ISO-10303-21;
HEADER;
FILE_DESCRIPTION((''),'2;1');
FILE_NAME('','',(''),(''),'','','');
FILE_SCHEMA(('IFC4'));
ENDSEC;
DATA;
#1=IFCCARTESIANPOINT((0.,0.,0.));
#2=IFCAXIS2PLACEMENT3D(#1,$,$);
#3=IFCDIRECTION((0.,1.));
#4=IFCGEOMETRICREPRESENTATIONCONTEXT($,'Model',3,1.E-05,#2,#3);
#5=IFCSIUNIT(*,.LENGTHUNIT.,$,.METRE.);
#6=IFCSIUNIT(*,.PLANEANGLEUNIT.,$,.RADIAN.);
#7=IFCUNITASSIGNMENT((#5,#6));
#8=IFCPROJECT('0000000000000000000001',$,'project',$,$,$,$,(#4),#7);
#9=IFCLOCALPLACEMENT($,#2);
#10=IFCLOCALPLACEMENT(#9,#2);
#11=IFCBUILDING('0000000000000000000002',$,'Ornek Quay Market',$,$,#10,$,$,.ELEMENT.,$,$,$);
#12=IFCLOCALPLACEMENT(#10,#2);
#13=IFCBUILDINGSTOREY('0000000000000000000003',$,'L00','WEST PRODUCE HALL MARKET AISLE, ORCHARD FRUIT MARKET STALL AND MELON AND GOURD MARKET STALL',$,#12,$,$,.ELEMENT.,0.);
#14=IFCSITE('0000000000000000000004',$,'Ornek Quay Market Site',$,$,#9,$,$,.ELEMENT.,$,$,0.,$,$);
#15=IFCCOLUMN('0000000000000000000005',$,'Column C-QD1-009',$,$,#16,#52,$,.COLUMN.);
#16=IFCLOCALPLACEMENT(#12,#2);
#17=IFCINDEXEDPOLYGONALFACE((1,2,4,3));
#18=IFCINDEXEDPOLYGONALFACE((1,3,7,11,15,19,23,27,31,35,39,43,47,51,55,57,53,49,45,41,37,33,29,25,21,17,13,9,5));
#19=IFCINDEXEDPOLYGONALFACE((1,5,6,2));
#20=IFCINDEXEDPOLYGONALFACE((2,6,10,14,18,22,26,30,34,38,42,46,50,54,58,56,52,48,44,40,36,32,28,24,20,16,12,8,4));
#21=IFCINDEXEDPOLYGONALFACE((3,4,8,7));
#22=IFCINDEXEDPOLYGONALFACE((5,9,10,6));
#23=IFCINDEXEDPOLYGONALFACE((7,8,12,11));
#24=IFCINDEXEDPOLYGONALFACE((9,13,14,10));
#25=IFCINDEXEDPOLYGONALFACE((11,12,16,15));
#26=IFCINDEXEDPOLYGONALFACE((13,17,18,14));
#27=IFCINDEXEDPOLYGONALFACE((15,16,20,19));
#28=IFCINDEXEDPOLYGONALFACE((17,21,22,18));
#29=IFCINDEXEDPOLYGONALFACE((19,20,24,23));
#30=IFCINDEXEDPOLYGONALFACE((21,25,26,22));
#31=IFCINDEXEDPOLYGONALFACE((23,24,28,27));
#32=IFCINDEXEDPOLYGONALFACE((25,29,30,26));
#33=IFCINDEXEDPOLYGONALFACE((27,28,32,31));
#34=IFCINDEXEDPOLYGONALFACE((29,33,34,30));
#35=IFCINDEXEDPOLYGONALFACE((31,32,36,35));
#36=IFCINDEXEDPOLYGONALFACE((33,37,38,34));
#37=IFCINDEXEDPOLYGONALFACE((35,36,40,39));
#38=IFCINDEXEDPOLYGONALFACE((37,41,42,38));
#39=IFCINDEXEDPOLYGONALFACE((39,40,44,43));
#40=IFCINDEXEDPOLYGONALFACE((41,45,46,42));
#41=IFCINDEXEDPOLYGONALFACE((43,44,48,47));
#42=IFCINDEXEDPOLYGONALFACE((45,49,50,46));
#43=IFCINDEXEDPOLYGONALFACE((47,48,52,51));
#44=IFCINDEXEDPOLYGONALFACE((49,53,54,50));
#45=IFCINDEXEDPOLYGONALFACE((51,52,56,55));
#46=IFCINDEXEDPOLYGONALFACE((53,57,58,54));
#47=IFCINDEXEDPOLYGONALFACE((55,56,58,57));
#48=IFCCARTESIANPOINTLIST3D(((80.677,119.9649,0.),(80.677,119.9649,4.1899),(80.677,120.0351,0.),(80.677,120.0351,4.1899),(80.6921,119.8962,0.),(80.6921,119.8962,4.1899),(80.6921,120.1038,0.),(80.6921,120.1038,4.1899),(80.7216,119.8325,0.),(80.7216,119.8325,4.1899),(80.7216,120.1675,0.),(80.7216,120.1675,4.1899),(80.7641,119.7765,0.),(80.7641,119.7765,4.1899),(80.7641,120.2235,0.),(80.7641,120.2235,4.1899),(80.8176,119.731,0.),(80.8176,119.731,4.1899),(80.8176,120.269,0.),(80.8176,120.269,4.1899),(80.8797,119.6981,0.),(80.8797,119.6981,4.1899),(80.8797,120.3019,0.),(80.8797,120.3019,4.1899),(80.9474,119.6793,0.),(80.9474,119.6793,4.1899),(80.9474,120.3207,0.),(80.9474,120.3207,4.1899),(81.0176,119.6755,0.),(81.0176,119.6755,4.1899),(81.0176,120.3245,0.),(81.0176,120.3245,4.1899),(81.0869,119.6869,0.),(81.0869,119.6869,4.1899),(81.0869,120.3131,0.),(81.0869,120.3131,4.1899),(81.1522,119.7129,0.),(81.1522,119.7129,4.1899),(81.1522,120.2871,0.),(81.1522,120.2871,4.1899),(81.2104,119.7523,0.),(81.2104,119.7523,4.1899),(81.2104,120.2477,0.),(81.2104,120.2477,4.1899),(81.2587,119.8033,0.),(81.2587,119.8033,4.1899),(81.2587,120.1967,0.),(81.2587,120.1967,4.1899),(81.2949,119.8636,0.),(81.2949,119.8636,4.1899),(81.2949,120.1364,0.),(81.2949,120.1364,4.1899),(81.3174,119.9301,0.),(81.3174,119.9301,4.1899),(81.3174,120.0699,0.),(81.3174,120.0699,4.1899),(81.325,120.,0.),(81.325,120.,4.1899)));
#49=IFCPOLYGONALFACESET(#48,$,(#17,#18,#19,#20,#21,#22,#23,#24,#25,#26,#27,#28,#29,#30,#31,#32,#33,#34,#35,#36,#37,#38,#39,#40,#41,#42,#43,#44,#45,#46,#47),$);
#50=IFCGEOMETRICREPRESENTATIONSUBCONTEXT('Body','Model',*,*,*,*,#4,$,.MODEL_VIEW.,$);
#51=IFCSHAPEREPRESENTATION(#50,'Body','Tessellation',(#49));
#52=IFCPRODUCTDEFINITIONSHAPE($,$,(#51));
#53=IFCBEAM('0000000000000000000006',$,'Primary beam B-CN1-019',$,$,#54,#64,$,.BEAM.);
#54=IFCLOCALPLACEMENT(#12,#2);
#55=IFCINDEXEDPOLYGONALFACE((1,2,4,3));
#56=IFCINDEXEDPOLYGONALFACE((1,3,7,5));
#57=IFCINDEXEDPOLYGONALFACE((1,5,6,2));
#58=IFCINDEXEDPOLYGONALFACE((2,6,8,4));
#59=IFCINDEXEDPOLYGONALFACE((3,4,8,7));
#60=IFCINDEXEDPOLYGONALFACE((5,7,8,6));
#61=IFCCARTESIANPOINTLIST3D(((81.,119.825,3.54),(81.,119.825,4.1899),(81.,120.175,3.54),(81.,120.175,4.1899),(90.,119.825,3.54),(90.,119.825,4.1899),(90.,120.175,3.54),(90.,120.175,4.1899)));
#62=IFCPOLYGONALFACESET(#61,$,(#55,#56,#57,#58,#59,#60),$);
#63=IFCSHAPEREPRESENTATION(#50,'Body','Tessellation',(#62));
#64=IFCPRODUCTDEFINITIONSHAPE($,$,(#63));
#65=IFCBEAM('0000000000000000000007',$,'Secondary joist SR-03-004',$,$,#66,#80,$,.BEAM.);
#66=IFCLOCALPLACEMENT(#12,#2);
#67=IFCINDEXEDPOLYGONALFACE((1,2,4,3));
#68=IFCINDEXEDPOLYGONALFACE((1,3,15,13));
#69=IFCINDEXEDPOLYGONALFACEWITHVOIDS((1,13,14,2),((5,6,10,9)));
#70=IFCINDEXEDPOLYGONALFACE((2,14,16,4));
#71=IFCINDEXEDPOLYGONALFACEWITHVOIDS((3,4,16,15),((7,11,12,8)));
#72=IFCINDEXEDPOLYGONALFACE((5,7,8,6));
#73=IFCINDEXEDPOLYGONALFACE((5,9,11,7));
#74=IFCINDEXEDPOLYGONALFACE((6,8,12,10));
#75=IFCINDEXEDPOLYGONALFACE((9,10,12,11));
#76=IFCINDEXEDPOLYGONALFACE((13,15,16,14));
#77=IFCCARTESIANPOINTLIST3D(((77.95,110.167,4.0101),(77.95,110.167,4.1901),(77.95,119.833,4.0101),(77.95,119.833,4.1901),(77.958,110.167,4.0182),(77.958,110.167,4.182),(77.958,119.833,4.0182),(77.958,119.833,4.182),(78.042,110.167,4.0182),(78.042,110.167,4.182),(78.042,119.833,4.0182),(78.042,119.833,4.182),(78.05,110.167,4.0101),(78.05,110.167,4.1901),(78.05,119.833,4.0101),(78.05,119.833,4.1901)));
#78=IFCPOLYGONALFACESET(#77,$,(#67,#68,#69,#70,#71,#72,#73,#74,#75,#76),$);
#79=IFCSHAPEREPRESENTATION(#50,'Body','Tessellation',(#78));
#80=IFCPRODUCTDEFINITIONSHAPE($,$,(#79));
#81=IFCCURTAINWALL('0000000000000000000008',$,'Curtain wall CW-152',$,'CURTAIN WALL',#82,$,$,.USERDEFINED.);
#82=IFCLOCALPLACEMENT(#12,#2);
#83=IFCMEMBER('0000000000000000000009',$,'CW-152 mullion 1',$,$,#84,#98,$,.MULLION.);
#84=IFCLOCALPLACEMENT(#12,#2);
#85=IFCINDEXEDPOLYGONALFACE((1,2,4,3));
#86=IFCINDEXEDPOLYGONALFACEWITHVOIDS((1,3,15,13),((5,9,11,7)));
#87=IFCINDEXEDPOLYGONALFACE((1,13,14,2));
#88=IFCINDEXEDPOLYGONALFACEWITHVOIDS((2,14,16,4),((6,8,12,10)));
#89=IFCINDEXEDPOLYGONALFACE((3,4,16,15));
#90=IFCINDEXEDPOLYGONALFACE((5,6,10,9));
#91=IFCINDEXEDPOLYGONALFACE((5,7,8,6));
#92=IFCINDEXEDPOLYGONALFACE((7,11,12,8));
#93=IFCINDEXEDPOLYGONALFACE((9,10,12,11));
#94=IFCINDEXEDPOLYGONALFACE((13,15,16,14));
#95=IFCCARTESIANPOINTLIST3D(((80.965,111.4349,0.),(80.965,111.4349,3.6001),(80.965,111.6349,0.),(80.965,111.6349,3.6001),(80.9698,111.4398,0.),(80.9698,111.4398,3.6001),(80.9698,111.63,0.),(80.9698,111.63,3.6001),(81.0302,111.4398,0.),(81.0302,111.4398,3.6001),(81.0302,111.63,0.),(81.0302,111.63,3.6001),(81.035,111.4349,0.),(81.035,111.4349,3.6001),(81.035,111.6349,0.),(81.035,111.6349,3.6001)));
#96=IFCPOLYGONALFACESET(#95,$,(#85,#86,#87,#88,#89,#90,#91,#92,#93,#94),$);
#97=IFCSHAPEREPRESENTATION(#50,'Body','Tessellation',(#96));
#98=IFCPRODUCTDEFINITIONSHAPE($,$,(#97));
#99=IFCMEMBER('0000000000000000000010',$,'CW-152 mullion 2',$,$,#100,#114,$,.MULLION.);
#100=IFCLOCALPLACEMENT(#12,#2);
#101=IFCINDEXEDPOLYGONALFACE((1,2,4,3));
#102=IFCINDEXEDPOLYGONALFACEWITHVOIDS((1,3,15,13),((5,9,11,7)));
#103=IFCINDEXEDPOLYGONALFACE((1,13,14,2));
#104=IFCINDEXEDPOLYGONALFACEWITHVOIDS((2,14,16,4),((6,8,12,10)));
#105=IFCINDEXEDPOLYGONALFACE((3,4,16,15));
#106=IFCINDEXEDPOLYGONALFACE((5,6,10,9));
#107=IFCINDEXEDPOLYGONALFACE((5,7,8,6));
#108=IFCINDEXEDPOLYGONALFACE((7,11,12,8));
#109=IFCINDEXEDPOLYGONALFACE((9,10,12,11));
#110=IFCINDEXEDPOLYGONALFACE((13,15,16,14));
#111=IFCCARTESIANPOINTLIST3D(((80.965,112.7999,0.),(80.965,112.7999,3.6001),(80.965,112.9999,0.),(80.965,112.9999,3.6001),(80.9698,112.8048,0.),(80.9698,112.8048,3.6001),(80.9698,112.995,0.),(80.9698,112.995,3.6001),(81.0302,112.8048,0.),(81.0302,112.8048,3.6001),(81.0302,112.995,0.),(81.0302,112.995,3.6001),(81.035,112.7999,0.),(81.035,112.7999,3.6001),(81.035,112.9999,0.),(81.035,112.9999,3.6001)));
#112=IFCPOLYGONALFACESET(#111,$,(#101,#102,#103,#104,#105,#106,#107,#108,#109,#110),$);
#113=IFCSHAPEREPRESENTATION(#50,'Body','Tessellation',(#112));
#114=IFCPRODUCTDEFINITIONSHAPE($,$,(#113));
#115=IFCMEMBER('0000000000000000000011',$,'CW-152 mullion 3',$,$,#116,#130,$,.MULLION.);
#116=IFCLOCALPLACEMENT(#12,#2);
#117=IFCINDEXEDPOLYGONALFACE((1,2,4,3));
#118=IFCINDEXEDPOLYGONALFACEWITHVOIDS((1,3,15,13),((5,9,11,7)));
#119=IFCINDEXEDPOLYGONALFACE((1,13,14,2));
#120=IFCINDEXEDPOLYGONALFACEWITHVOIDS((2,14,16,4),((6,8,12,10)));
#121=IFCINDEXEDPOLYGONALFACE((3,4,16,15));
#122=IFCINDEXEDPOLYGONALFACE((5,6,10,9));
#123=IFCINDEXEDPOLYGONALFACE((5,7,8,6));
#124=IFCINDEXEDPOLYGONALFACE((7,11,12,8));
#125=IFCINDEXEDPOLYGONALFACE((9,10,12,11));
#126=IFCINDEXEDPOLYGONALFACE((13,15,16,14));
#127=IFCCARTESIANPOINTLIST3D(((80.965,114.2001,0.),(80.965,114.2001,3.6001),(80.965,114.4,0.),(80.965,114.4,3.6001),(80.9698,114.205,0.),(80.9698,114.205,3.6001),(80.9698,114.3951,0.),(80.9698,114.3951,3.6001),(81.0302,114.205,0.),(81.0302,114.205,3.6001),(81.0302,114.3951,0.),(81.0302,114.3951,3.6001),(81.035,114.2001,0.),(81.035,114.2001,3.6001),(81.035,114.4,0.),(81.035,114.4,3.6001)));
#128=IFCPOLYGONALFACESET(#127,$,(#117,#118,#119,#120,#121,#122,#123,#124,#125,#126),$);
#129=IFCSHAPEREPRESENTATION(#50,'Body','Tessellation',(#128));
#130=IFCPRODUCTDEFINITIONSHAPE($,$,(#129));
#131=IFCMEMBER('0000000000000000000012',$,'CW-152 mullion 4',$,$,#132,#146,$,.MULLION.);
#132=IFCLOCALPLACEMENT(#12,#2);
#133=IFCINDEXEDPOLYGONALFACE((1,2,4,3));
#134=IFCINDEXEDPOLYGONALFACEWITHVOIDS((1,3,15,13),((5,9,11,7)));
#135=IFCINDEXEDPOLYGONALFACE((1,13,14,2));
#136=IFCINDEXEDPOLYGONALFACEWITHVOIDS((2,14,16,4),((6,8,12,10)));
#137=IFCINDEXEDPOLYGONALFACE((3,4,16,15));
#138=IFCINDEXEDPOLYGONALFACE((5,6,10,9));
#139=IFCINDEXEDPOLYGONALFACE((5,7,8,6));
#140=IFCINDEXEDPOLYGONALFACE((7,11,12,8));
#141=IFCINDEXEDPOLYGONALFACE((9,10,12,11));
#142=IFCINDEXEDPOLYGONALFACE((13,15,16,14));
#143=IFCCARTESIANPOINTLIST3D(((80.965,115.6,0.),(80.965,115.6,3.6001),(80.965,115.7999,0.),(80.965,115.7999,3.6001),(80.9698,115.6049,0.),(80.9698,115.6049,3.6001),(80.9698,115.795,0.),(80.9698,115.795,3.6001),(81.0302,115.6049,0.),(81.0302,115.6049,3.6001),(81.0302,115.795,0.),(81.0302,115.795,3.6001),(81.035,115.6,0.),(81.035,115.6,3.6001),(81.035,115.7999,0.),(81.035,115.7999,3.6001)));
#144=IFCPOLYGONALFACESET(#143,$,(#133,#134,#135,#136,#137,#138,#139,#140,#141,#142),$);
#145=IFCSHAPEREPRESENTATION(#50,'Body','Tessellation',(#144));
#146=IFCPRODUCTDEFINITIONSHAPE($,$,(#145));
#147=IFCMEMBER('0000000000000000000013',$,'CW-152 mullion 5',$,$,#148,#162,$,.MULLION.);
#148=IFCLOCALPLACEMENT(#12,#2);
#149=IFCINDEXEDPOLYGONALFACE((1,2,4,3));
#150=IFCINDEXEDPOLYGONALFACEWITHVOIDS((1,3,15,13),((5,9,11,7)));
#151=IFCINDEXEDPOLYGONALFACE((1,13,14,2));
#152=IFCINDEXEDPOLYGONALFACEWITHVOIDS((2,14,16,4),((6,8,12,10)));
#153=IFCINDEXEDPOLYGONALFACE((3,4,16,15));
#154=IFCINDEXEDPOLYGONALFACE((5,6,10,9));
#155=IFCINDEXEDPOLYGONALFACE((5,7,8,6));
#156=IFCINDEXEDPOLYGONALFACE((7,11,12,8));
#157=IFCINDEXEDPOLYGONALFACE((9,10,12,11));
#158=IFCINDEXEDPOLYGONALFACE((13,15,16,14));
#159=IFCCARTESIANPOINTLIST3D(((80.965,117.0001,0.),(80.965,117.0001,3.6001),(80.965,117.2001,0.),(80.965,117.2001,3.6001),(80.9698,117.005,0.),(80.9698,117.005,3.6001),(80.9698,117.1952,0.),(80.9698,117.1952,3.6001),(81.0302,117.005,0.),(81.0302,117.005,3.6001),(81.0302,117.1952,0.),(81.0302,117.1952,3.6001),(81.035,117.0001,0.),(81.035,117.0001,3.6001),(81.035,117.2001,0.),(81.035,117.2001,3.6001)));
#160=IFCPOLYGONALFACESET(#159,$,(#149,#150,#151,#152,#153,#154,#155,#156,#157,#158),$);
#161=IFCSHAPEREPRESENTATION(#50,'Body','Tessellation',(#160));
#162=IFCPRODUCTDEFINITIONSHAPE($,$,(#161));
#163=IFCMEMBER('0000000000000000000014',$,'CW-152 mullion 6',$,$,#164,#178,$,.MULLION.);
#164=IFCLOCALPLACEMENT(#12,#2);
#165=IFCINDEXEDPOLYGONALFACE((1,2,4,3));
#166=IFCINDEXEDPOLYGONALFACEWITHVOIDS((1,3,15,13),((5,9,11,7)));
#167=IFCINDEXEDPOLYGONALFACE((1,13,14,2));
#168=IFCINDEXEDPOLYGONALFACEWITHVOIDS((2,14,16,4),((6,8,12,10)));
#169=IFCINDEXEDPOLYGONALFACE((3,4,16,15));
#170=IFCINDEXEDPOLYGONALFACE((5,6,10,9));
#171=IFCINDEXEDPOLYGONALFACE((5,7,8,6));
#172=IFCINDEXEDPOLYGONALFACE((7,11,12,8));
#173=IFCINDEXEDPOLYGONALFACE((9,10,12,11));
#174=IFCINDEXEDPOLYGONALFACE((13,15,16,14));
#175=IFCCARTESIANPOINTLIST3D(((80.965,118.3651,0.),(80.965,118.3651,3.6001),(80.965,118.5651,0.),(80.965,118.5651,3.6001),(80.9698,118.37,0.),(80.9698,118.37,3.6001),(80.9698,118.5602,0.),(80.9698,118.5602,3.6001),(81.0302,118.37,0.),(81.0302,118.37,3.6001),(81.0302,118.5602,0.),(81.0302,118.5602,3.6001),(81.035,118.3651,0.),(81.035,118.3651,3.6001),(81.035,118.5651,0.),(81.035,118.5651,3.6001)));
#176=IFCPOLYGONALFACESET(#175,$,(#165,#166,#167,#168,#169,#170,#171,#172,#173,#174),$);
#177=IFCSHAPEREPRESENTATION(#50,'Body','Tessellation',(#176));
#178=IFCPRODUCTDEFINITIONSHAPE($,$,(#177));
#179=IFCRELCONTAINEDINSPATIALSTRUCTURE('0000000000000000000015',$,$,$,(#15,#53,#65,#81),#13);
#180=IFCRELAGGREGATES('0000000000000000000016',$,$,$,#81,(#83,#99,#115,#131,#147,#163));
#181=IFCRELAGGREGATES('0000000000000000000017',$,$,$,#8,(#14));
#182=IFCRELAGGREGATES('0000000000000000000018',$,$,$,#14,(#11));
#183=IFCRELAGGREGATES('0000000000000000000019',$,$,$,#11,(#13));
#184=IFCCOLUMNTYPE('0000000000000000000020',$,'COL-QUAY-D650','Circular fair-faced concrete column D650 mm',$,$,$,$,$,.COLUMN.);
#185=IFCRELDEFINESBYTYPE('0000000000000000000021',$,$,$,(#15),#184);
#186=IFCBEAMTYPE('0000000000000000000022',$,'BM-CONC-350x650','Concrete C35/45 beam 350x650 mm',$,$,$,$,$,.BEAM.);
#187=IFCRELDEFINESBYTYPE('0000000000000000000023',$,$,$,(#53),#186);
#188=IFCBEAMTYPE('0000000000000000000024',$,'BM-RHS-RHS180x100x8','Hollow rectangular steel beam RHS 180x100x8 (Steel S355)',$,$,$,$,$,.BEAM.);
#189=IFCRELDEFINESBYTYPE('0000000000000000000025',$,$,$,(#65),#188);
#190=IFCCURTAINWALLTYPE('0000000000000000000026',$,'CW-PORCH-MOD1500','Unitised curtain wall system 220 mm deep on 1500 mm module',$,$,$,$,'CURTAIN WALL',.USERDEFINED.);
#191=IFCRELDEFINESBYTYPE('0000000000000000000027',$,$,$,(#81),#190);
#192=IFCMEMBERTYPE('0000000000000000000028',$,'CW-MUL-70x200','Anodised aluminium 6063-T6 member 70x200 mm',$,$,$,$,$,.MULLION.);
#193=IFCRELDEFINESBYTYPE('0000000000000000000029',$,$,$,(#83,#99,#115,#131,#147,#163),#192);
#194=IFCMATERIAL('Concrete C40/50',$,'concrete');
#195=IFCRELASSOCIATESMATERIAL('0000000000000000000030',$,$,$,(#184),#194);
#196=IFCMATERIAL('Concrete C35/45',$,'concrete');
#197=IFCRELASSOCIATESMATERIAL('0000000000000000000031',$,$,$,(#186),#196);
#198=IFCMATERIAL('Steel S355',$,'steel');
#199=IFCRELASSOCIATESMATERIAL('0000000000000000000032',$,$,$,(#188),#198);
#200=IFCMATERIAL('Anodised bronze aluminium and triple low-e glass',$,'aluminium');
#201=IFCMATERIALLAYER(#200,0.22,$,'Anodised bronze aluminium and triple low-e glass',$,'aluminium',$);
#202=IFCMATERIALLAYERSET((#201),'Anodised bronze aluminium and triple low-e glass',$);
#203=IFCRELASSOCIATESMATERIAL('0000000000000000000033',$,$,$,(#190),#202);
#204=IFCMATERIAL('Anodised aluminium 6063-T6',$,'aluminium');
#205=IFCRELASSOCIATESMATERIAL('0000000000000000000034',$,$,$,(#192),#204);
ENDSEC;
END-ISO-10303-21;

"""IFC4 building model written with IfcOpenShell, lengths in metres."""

from ifc_helpers import new_model, si_unit, direction, frame, origin, origin_2d, place, context, subcontext, project, spatial, rectangle, hollow_rectangle, circle, extrude, material, layer, layer_set, material_profile, profile_set, type_object, element, aggregate, save


model = new_model("IFC4")

# Units and contexts
model_context = context("Model", 3, precision=1e-05, world=origin(), true_north=direction((0.0, 1.0)))
body_context = subcontext(model_context, "Body", "Model", "MODEL_VIEW")
ifc_project = project(units=[si_unit("LENGTHUNIT", "METRE"), si_unit("PLANEANGLEUNIT", "RADIAN")], contexts=[model_context])

# Site, building, storey
site_placement = place(None, origin())
site = spatial("IfcSite", under=ifc_project, at=site_placement, Name="Ornek Quay Market Site", CompositionType="ELEMENT", RefElevation=0.0)
building_placement = place(site_placement, origin())
building = spatial("IfcBuilding", under=site, at=building_placement, Name="Ornek Quay Market", CompositionType="ELEMENT")
storey_placement = place(building_placement, origin())
storey = spatial("IfcBuildingStorey", under=building, at=storey_placement, Name="L00", Description="WEST PRODUCE HALL MARKET AISLE, ORCHARD FRUIT MARKET STALL AND MELON AND GOURD MARKET STALL", CompositionType="ELEMENT", Elevation=0.0)

# Column
ifc_material_1 = material(Name="Concrete C40/50", Category="concrete")
ifc_material_profile_1 = material_profile(ifc_material_1, circle(Radius=0.325, at=origin_2d()), Name="RC D650", Category="concrete")
ifc_profile_set_1 = profile_set([ifc_material_profile_1], Name="Concrete C40/50")
column_type = type_object("IfcColumnType", Name="COL-QUAY-D650", Description="Circular fair-faced concrete column D650 mm", PredefinedType="COLUMN", material=ifc_profile_set_1)
column_placement = place(storey_placement, frame((81.0, 120.0, 0.0), z_axis=(0.0, 0.0, 1.0), x_axis=(1.0, 0.0, 0.0)))
element("IfcColumn", 1, at=column_placement, inside=storey, type_object=column_type, Name="Column C-QD1-009", PredefinedType="COLUMN", context=body_context, shape_type="SweptSolid", body=[
    extrude(circle(Radius=0.325, at=origin_2d()), origin(), (0.0, 0.0, 1.0), 4.1899),
])

# Beams
ifc_material_2 = material(Name="Concrete C35/45", Category="concrete")
ifc_material_profile_2 = material_profile(ifc_material_2, rectangle(XDim=0.3501, YDim=0.6499, at=origin_2d()), Name="RC 350x650", Category="concrete")
ifc_profile_set_2 = profile_set([ifc_material_profile_2], Name="Concrete C35/45")
beam_type_1 = type_object("IfcBeamType", Name="BM-CONC-350x650", Description="Concrete C35/45 beam 350x650 mm", PredefinedType="BEAM", material=ifc_profile_set_2)
beam_1_placement = place(storey_placement, frame((81.0, 120.0, 3.865), z_axis=(1.0, 0.0, 0.0), x_axis=(0.0, 1.0, 0.0)))
element("IfcBeam", 2, at=beam_1_placement, inside=storey, type_object=beam_type_1, Name="Primary beam B-CN1-019", PredefinedType="BEAM", context=body_context, shape_type="SweptSolid", body=[
    extrude(rectangle(XDim=0.3501, YDim=0.6499, at=origin_2d()), origin(), (0.0, 0.0, 1.0), 9.0),
])
ifc_material_3 = material(Name="Steel S355", Category="steel")
ifc_material_profile_3 = material_profile(ifc_material_3, hollow_rectangle(XDim=0.1001, YDim=0.1799, WallThickness=0.0081, at=origin_2d()), Name="RHS 180x100x8", Category="steel")
ifc_profile_set_3 = profile_set([ifc_material_profile_3], Name="Steel S355")
beam_type_2 = type_object("IfcBeamType", Name="BM-RHS-RHS180x100x8", Description="Hollow rectangular steel beam RHS 180x100x8 (Steel S355)", PredefinedType="BEAM", material=ifc_profile_set_3)
beam_2_placement = place(storey_placement, frame((78.0, 110.167, 4.1001), z_axis=(0.0, 1.0, 0.0), x_axis=(-1.0, 0.0, 0.0)))
element("IfcBeam", 3, at=beam_2_placement, inside=storey, type_object=beam_type_2, Name="Secondary joist SR-03-004", PredefinedType="BEAM", context=body_context, shape_type="SweptSolid", body=[
    extrude(hollow_rectangle(XDim=0.1001, YDim=0.1799, WallThickness=0.0081, at=origin_2d()), origin(), (0.0, 0.0, 1.0), 9.666),
])

# Curtain wall, members
ifc_material_4 = material(Name="Anodised bronze aluminium and triple low-e glass", Category="aluminium")
ifc_layer_1 = layer(ifc_material_4, 0.22, Name="Anodised bronze aluminium and triple low-e glass", Category="aluminium")
ifc_layer_set_1 = layer_set([ifc_layer_1], Name="Anodised bronze aluminium and triple low-e glass")
curtain_wall_type = type_object("IfcCurtainWallType", Name="CW-PORCH-MOD1500", Description="Unitised curtain wall system 220 mm deep on 1500 mm module", ElementType="CURTAIN WALL", PredefinedType="USERDEFINED", material=ifc_layer_set_1)
curtain_wall_placement = place(storey_placement, origin())
curtain_wall = element("IfcCurtainWall", 4, at=curtain_wall_placement, inside=storey, type_object=curtain_wall_type, Name="Curtain wall CW-152", ObjectType="CURTAIN WALL", PredefinedType="USERDEFINED")
ifc_material_5 = material(Name="Anodised aluminium 6063-T6", Category="aluminium")
ifc_material_profile_4 = material_profile(ifc_material_5, hollow_rectangle(XDim=0.0701, YDim=0.2, WallThickness=0.0049, at=origin_2d()), Name="CW-MUL-70x200", Category="aluminium")
ifc_profile_set_4 = profile_set([ifc_material_profile_4], Name="Anodised aluminium 6063-T6")
member_type_1 = type_object("IfcMemberType", Name="CW-MUL-70x200", Description="Anodised aluminium 6063-T6 member 70x200 mm", PredefinedType="MULLION", material=ifc_profile_set_4)
member_1_placement = place(storey_placement, frame((81.0, 111.5349, 0.0), z_axis=(0.0, 0.0, 1.0), x_axis=(-1.0, 0.0, 0.0)))
member_1 = element("IfcMember", 5, at=member_1_placement, type_object=member_type_1, Name="CW-152 mullion 1", PredefinedType="MULLION", context=body_context, shape_type="SweptSolid", body=[
    extrude(hollow_rectangle(XDim=0.0701, YDim=0.2, WallThickness=0.0049, at=origin_2d()), origin(), (0.0, 0.0, 1.0), 3.6001),
])
member_2_placement = place(storey_placement, frame((81.0, 112.8999, 0.0), z_axis=(0.0, 0.0, 1.0), x_axis=(-1.0, 0.0, 0.0)))
member_2 = element("IfcMember", 6, at=member_2_placement, type_object=member_type_1, Name="CW-152 mullion 2", PredefinedType="MULLION", context=body_context, shape_type="SweptSolid", body=[
    extrude(hollow_rectangle(XDim=0.0701, YDim=0.2, WallThickness=0.0049, at=origin_2d()), origin(), (0.0, 0.0, 1.0), 3.6001),
])
member_3_placement = place(storey_placement, frame((81.0, 114.3, 0.0), z_axis=(0.0, 0.0, 1.0), x_axis=(-1.0, 0.0, 0.0)))
member_3 = element("IfcMember", 7, at=member_3_placement, type_object=member_type_1, Name="CW-152 mullion 3", PredefinedType="MULLION", context=body_context, shape_type="SweptSolid", body=[
    extrude(hollow_rectangle(XDim=0.0701, YDim=0.2, WallThickness=0.0049, at=origin_2d()), origin(), (0.0, 0.0, 1.0), 3.6001),
])
member_4_placement = place(storey_placement, frame((81.0, 115.7, 0.0), z_axis=(0.0, 0.0, 1.0), x_axis=(-1.0, 0.0, 0.0)))
member_4 = element("IfcMember", 8, at=member_4_placement, type_object=member_type_1, Name="CW-152 mullion 4", PredefinedType="MULLION", context=body_context, shape_type="SweptSolid", body=[
    extrude(hollow_rectangle(XDim=0.0701, YDim=0.2, WallThickness=0.0049, at=origin_2d()), origin(), (0.0, 0.0, 1.0), 3.6001),
])
member_5_placement = place(storey_placement, frame((81.0, 117.1001, 0.0), z_axis=(0.0, 0.0, 1.0), x_axis=(-1.0, 0.0, 0.0)))
member_5 = element("IfcMember", 9, at=member_5_placement, type_object=member_type_1, Name="CW-152 mullion 5", PredefinedType="MULLION", context=body_context, shape_type="SweptSolid", body=[
    extrude(hollow_rectangle(XDim=0.0701, YDim=0.2, WallThickness=0.0049, at=origin_2d()), origin(), (0.0, 0.0, 1.0), 3.6001),
])
member_6_placement = place(storey_placement, frame((81.0, 118.4651, 0.0), z_axis=(0.0, 0.0, 1.0), x_axis=(-1.0, 0.0, 0.0)))
member_6 = element("IfcMember", 10, at=member_6_placement, type_object=member_type_1, Name="CW-152 mullion 6", PredefinedType="MULLION", context=body_context, shape_type="SweptSolid", body=[
    extrude(hollow_rectangle(XDim=0.0701, YDim=0.2, WallThickness=0.0049, at=origin_2d()), origin(), (0.0, 0.0, 1.0), 3.6001),
])
aggregate(curtain_wall, [member_1, member_2, member_3, member_4, member_5, member_6])

save(model, "model.ifc")
